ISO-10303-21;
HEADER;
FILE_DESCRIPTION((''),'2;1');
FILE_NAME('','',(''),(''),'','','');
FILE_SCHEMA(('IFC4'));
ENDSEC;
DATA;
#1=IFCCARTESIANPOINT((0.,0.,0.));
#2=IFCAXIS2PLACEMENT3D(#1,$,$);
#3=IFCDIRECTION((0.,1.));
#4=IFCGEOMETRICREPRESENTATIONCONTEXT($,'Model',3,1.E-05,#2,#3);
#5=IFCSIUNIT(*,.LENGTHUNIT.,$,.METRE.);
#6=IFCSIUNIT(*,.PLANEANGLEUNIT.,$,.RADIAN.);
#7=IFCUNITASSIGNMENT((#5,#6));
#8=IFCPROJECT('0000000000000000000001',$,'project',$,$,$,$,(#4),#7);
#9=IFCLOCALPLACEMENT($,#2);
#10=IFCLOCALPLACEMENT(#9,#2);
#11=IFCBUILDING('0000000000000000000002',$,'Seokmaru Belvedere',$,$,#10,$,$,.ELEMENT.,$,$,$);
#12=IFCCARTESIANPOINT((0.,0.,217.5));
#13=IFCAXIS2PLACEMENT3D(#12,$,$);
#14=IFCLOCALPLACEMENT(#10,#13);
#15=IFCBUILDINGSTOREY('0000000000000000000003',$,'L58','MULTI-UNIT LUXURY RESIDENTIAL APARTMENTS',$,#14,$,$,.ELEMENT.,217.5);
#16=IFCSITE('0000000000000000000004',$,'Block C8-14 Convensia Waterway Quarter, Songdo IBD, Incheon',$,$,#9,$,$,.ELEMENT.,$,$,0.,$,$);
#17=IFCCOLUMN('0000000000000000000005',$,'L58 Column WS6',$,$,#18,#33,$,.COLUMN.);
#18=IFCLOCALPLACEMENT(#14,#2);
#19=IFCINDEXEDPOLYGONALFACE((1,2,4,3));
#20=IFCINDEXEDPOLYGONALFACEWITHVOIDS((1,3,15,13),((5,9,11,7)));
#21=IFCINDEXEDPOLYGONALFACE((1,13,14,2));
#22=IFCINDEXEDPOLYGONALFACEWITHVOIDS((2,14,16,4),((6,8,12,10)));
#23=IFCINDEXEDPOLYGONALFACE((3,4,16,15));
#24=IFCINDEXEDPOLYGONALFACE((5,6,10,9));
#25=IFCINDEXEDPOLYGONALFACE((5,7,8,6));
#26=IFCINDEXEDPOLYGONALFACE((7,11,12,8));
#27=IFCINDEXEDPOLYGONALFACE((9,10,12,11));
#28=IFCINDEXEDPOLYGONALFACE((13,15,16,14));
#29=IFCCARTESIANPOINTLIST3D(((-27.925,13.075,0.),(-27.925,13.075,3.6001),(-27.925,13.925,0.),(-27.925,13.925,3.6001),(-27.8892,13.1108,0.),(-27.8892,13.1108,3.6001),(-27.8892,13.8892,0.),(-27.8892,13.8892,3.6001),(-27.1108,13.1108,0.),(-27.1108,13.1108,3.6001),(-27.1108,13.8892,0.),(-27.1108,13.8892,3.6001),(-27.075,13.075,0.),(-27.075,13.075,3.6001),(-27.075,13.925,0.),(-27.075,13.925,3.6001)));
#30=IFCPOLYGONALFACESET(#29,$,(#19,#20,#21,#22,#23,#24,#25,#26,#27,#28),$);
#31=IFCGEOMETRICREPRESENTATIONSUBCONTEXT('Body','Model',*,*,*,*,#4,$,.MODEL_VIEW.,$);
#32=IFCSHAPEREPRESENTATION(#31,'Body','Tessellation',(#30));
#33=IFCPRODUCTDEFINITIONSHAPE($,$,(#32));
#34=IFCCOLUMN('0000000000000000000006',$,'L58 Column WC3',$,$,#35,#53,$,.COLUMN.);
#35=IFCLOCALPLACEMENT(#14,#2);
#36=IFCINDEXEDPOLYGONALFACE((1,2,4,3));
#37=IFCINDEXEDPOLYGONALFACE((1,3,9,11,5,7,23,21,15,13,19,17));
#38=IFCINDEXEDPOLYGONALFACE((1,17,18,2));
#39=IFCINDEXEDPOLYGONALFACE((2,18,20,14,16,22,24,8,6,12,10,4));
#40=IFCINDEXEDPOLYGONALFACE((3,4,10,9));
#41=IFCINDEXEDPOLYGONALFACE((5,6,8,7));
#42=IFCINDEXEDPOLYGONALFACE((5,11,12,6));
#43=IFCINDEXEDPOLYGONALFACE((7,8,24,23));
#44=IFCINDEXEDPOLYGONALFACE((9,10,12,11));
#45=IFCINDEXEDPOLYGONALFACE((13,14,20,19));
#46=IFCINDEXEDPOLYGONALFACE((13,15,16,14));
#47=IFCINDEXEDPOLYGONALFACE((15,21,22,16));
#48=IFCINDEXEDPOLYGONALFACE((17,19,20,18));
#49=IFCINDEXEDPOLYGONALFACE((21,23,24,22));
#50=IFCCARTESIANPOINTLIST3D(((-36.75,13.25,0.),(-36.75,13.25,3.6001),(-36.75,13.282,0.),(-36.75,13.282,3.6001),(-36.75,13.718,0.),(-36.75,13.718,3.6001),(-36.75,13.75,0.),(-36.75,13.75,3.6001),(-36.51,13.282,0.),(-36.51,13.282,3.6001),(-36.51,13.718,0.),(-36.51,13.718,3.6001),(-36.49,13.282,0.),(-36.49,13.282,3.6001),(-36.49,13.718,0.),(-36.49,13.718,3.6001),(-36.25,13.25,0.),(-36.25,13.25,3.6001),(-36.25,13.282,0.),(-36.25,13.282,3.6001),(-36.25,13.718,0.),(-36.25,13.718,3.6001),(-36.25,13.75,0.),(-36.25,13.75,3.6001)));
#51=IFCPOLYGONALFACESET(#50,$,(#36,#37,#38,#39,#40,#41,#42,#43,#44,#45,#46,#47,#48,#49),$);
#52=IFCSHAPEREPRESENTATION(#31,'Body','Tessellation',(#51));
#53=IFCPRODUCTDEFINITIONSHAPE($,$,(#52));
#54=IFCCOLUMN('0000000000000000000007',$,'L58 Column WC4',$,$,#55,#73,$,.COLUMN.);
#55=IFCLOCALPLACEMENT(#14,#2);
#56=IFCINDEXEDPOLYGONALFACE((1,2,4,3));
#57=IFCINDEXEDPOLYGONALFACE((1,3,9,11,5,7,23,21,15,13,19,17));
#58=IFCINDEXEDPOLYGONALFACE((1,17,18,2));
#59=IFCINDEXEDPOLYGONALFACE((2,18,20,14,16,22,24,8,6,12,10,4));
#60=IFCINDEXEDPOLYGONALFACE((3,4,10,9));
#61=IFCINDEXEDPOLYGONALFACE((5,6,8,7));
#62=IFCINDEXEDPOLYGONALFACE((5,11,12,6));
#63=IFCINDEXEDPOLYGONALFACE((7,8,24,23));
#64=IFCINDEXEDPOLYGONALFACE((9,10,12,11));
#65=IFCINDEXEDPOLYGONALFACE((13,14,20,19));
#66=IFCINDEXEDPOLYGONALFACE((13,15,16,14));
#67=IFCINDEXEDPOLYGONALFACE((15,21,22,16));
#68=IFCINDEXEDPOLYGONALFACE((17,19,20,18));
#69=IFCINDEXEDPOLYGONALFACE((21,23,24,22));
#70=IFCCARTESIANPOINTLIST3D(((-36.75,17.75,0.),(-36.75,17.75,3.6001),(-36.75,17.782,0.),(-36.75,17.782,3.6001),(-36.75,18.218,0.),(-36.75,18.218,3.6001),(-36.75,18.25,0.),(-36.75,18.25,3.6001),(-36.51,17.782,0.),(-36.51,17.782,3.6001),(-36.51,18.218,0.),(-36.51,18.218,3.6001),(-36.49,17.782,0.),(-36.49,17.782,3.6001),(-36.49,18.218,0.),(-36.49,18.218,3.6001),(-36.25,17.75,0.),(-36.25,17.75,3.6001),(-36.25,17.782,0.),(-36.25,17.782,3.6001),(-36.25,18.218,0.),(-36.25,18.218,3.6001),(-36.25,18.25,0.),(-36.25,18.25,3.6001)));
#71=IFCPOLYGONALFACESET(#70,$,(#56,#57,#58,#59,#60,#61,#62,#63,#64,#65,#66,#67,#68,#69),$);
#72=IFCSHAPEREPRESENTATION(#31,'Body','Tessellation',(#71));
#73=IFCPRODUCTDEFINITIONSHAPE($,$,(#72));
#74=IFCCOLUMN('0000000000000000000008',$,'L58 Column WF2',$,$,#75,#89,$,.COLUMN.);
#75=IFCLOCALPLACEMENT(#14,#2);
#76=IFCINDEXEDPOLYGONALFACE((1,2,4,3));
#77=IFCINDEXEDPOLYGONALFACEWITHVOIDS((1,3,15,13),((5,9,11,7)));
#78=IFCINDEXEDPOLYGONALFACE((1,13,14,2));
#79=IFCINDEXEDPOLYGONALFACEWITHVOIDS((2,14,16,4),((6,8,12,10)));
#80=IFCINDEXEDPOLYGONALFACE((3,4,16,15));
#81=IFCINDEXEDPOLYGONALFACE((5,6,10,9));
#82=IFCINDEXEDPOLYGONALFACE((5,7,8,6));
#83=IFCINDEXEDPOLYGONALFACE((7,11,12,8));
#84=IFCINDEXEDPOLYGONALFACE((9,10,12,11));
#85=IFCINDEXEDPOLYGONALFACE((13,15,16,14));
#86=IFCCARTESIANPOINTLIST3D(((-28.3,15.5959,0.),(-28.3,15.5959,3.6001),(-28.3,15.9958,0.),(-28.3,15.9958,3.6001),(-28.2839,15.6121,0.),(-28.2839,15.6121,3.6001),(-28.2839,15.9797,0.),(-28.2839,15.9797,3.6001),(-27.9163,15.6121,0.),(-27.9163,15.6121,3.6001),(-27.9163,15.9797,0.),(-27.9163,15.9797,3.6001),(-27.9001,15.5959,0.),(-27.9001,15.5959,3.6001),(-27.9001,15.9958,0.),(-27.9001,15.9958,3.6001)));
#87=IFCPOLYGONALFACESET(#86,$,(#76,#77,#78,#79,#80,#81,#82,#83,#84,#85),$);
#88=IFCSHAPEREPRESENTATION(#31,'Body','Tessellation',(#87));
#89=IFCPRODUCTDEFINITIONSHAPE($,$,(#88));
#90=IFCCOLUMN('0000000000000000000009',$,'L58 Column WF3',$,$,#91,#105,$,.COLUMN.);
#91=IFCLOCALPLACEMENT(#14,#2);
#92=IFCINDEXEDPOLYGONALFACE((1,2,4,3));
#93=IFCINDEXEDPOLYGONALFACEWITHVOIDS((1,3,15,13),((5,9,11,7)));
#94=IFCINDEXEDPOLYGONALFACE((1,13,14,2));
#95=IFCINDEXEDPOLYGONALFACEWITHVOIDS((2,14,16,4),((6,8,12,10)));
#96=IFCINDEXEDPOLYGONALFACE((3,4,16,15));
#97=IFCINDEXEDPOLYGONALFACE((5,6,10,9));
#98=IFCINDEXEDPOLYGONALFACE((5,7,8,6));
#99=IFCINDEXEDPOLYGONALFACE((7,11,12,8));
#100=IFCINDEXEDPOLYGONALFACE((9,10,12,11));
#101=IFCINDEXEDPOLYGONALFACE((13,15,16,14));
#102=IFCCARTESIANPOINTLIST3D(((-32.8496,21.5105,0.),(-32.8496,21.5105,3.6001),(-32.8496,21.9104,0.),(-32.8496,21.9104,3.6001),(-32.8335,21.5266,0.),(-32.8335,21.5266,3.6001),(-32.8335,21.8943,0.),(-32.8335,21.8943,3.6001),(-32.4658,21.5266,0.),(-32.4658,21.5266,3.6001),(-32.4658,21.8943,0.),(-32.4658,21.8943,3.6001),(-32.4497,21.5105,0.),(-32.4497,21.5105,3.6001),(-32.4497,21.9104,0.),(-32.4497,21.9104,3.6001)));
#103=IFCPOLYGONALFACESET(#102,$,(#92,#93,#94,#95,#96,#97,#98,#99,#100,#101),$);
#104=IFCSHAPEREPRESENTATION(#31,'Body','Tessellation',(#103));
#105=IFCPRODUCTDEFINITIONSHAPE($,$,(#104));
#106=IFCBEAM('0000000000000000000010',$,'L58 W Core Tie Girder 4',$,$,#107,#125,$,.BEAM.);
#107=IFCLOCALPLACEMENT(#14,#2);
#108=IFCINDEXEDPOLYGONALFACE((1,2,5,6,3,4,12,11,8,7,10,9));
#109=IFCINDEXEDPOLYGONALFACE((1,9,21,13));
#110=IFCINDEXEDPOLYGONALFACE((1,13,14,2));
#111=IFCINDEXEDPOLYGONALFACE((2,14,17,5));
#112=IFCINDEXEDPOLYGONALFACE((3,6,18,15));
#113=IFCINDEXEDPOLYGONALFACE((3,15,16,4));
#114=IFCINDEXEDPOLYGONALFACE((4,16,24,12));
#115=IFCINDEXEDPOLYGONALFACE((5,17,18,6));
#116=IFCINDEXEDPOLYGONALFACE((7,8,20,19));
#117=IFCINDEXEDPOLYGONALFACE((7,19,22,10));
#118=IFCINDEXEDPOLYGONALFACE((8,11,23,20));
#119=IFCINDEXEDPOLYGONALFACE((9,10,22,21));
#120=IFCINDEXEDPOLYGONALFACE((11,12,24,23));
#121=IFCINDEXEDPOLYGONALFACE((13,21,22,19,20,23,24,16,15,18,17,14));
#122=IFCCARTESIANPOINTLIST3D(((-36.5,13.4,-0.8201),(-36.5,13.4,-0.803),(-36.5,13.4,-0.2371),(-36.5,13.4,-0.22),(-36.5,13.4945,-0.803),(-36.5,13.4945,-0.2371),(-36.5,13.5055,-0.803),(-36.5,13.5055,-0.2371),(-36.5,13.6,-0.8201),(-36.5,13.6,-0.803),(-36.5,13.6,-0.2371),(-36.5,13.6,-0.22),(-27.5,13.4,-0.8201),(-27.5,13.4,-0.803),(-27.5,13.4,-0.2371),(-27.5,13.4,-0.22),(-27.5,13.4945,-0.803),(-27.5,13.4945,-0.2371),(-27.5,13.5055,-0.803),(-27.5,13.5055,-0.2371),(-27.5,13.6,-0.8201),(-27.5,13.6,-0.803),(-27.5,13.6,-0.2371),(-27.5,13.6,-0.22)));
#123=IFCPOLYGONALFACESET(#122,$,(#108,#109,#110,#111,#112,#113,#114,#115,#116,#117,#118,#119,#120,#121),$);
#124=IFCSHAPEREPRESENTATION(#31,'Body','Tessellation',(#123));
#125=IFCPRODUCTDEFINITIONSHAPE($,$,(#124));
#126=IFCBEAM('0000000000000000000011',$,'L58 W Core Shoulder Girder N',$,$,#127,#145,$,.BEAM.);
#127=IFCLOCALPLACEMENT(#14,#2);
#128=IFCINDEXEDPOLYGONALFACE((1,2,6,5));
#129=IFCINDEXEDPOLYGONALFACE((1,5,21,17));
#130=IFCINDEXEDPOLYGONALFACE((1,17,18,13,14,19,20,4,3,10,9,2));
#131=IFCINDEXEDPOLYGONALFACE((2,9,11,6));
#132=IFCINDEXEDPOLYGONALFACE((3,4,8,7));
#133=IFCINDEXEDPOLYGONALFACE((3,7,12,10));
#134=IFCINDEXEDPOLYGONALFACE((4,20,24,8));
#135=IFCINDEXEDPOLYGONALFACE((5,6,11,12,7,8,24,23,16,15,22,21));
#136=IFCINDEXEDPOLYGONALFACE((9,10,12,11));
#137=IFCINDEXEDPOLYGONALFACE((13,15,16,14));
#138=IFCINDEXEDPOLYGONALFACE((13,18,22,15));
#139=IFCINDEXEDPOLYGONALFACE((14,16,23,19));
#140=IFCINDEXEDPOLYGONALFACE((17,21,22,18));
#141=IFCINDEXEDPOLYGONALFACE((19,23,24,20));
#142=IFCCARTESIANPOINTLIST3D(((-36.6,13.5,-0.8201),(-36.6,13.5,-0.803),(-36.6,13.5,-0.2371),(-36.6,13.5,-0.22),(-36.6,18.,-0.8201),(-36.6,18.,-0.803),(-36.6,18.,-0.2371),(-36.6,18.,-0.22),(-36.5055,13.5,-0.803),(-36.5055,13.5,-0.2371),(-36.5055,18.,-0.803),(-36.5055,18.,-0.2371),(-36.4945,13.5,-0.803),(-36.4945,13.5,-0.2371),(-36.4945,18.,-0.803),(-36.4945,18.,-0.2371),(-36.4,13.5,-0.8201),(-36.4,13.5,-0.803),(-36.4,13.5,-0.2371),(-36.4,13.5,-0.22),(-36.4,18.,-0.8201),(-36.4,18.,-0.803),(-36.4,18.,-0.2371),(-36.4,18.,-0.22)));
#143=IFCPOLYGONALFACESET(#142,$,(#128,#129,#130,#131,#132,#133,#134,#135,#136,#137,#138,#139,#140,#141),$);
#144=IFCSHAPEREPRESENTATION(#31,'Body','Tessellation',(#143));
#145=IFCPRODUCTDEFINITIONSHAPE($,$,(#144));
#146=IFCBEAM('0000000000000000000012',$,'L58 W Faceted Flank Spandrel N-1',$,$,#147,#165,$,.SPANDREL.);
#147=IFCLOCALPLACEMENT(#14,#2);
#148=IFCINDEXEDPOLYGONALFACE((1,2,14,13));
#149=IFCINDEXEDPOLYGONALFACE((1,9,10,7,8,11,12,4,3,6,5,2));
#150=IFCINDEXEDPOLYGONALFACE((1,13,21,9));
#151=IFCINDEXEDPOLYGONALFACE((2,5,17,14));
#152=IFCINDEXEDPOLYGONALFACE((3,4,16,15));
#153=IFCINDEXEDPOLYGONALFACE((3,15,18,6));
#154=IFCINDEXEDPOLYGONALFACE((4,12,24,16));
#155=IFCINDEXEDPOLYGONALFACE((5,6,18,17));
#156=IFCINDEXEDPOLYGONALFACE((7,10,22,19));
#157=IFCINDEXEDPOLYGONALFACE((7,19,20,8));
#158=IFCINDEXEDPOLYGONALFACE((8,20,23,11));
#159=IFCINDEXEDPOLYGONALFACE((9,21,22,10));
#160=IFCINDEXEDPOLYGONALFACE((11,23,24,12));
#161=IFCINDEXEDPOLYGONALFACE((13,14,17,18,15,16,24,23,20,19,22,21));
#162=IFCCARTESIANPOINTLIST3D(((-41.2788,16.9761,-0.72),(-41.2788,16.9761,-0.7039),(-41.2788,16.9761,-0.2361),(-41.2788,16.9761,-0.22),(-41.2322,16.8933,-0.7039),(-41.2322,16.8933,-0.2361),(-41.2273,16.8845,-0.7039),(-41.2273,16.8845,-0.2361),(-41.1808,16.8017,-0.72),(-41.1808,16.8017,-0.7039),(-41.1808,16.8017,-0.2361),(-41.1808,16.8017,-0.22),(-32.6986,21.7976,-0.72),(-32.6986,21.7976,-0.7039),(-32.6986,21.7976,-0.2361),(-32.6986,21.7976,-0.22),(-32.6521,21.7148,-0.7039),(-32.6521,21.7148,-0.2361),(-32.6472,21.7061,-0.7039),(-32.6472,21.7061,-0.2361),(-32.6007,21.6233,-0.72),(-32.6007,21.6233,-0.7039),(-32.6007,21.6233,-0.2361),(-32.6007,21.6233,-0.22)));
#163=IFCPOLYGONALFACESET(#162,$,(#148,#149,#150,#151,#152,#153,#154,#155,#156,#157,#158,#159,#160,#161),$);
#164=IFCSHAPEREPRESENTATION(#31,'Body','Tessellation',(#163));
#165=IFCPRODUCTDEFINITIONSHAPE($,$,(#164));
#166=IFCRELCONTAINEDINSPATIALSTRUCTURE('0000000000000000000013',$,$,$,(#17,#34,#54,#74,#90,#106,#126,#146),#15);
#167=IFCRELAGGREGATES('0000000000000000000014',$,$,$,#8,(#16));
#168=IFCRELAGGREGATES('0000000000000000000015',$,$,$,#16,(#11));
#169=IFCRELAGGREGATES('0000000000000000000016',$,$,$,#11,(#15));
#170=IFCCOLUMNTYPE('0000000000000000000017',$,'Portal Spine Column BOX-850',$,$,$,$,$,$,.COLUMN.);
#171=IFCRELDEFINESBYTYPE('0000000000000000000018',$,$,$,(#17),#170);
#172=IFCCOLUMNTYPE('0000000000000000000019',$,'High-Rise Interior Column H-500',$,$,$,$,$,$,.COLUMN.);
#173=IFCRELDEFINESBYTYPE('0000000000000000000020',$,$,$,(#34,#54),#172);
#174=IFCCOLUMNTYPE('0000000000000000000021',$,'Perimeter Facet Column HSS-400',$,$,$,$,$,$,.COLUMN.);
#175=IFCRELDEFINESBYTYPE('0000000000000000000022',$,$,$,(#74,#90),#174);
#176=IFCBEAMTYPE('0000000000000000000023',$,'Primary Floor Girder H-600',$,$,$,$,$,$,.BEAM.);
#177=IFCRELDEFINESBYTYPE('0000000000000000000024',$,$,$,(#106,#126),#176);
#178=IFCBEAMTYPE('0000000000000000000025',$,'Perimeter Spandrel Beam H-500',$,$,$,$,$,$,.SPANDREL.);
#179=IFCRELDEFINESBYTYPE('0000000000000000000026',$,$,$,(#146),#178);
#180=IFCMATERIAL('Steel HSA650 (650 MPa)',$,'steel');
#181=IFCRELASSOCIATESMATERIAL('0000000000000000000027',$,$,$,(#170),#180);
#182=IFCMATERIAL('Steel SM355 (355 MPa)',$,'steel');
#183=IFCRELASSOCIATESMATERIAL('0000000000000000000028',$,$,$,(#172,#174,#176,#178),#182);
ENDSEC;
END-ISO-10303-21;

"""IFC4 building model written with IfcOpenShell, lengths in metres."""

from ifc_helpers import new_model, si_unit, direction, frame, origin, origin_2d, place, context, subcontext, project, spatial, hollow_rectangle, i_section, extrude, source, transform, mapped, material, material_profile, profile_set, type_object, type_shapes, element, save


model = new_model("IFC4")

# Units and contexts
model_context = context("Model", 3, precision=1e-05, world=origin(), true_north=direction((0.0, 1.0)))
body_context = subcontext(model_context, "Body", "Model", "MODEL_VIEW")
ifc_project = project(units=[si_unit("LENGTHUNIT", "METRE"), si_unit("PLANEANGLEUNIT", "RADIAN")], contexts=[model_context])

# Site, building, storey
site_placement = place(None, origin())
site = spatial("IfcSite", under=ifc_project, at=site_placement, Name="Block C8-14 Convensia Waterway Quarter, Songdo IBD, Incheon", CompositionType="ELEMENT", RefElevation=0.0)
building_placement = place(site_placement, origin())
building = spatial("IfcBuilding", under=site, at=building_placement, Name="Seokmaru Belvedere", CompositionType="ELEMENT")
storey_placement = place(building_placement, frame((0.0, 0.0, 217.5)))
storey = spatial("IfcBuildingStorey", under=building, at=storey_placement, Name="L58", Description="MULTI-UNIT LUXURY RESIDENTIAL APARTMENTS", CompositionType="ELEMENT", Elevation=217.5)

# Columns
ifc_material_1 = material(Name="Steel HSA650 (650 MPa)", Category="steel")
ifc_material_profile_1 = material_profile(ifc_material_1, hollow_rectangle(XDim=0.8501, YDim=0.8501, WallThickness=0.0359, at=origin_2d()), Name="BOX-850x850x36")
ifc_profile_set_1 = profile_set([ifc_material_profile_1], Name="Steel HSA650 (650 MPa)")
column_type_1 = type_object("IfcColumnType", Name="Portal Spine Column BOX-850", PredefinedType="COLUMN", material=ifc_profile_set_1)
shared_shape_1 = source(origin(), body_context, "Body", "SweptSolid", [
    extrude(hollow_rectangle(XDim=0.8501, YDim=0.8501, WallThickness=0.0359, at=origin_2d()), origin(), (0.0, 0.0, 1.0), 3.6001),
])
type_shapes(column_type_1, [shared_shape_1])
column_placement = place(storey_placement, frame((-27.5, 13.5, 0.0), z_axis=(0.0, 0.0, 1.0), x_axis=(1.0, 0.0, 0.0)))
element("IfcColumn", 1, at=column_placement, inside=storey, type_object=column_type_1, Name="L58 Column WS6", PredefinedType="COLUMN", context=body_context, shape_type="MappedRepresentation", body=[
    mapped(shared_shape_1, transform((0.0, 0.0, 0.0), scale=1.0)),
])
ifc_material_2 = material(Name="Steel SM355 (355 MPa)", Category="steel")
ifc_material_profile_2 = material_profile(ifc_material_2, i_section(OverallWidth=0.5, OverallDepth=0.5, WebThickness=0.02, FlangeThickness=0.032, at=origin_2d()), Name="H-500x500x20x32")
ifc_profile_set_2 = profile_set([ifc_material_profile_2], Name="Steel SM355 (355 MPa)")
column_type_2 = type_object("IfcColumnType", Name="High-Rise Interior Column H-500", PredefinedType="COLUMN", material=ifc_profile_set_2)
shared_shape_2 = source(origin(), body_context, "Body", "SweptSolid", [
    extrude(i_section(OverallWidth=0.5, OverallDepth=0.5, WebThickness=0.02, FlangeThickness=0.032, at=origin_2d()), origin(), (0.0, 0.0, 1.0), 3.6001),
])
type_shapes(column_type_2, [shared_shape_2])
for number, where, z_axis, x_axis, name in (
    (2, (-36.5, 13.5, 0.0), (0.0, 0.0, 1.0), (1.0, 0.0, 0.0), "L58 Column WC3"),
    (3, (-36.5, 18.0, 0.0), (0.0, 0.0, 1.0), (1.0, 0.0, 0.0), "L58 Column WC4"),
):
    element("IfcColumn", number, at=place(storey_placement, frame(where, z_axis=z_axis, x_axis=x_axis)), inside=storey, type_object=column_type_2, Name=name, PredefinedType="COLUMN", context=body_context, shape_type="MappedRepresentation", body=[
        mapped(shared_shape_2, transform((0.0, 0.0, 0.0), scale=1.0)),
    ])
ifc_material_profile_3 = material_profile(ifc_material_2, hollow_rectangle(XDim=0.3999, YDim=0.3999, WallThickness=0.0161, at=origin_2d()), Name="HSS-400x400x16")
ifc_profile_set_3 = profile_set([ifc_material_profile_3], Name="Steel SM355 (355 MPa)")
column_type_3 = type_object("IfcColumnType", Name="Perimeter Facet Column HSS-400", PredefinedType="COLUMN", material=ifc_profile_set_3)
shared_shape_3 = source(origin(), body_context, "Body", "SweptSolid", [
    extrude(hollow_rectangle(XDim=0.3999, YDim=0.3999, WallThickness=0.0161, at=origin_2d()), origin(), (0.0, 0.0, 1.0), 3.6001),
])
type_shapes(column_type_3, [shared_shape_3])
for number, where, z_axis, x_axis, name in (
    (4, (-28.1001, 15.7959, 0.0), (0.0, 0.0, 1.0), (1.0, 0.0, 0.0), "L58 Column WF2"),
    (5, (-32.6497, 21.7104, 0.0), (0.0, 0.0, 1.0), (1.0, 0.0, 0.0), "L58 Column WF3"),
):
    element("IfcColumn", number, at=place(storey_placement, frame(where, z_axis=z_axis, x_axis=x_axis)), inside=storey, type_object=column_type_3, Name=name, PredefinedType="COLUMN", context=body_context, shape_type="MappedRepresentation", body=[
        mapped(shared_shape_3, transform((0.0, 0.0, 0.0), scale=1.0)),
    ])

# Beams
ifc_material_profile_4 = material_profile(ifc_material_2, i_section(OverallWidth=0.2, OverallDepth=0.6001, WebThickness=0.011, FlangeThickness=0.0171, at=origin_2d()), Name="H-600x200x11x17")
ifc_profile_set_4 = profile_set([ifc_material_profile_4], Name="Steel SM355 (355 MPa)")
beam_type_1 = type_object("IfcBeamType", Name="Primary Floor Girder H-600", PredefinedType="BEAM", material=ifc_profile_set_4)
shared_shape_4 = source(origin(), body_context, "Body", "SweptSolid", [
    extrude(i_section(OverallWidth=0.2, OverallDepth=0.6001, WebThickness=0.011, FlangeThickness=0.0171, at=origin_2d()), origin(), (0.0, 0.0, 1.0), 9.0),
])
beam_1_placement = place(storey_placement, frame((-36.5, 13.5, -0.52), z_axis=(1.0, 0.0, 0.0), x_axis=(0.0, 1.0, 0.0)))
element("IfcBeam", 6, at=beam_1_placement, inside=storey, type_object=beam_type_1, Name="L58 W Core Tie Girder 4", PredefinedType="BEAM", context=body_context, shape_type="MappedRepresentation", body=[
    mapped(shared_shape_4, transform((0.0, 0.0, 0.0), scale=1.0)),
])
shared_shape_5 = source(origin(), body_context, "Body", "SweptSolid", [
    extrude(i_section(OverallWidth=0.2, OverallDepth=0.6001, WebThickness=0.011, FlangeThickness=0.0171, at=origin_2d()), origin(), (0.0, 0.0, 1.0), 4.5),
])
type_shapes(beam_type_1, [shared_shape_4, shared_shape_5])
beam_2_placement = place(storey_placement, frame((-36.5, 13.5, -0.52), z_axis=(0.0, 1.0, 0.0), x_axis=(-1.0, 0.0, 0.0)))
element("IfcBeam", 7, at=beam_2_placement, inside=storey, type_object=beam_type_1, Name="L58 W Core Shoulder Girder N", PredefinedType="BEAM", context=body_context, shape_type="MappedRepresentation", body=[
    mapped(shared_shape_5, transform((0.0, 0.0, 0.0), scale=1.0)),
])
ifc_material_profile_5 = material_profile(ifc_material_2, i_section(OverallWidth=0.2, OverallDepth=0.5, WebThickness=0.01, FlangeThickness=0.0161, at=origin_2d()), Name="H-500x200x10x16")
ifc_profile_set_5 = profile_set([ifc_material_profile_5], Name="Steel SM355 (355 MPa)")
beam_type_2 = type_object("IfcBeamType", Name="Perimeter Spandrel Beam H-500", PredefinedType="SPANDREL", material=ifc_profile_set_5)
shared_shape_6 = source(origin(), body_context, "Body", "SweptSolid", [
    extrude(i_section(OverallWidth=0.2, OverallDepth=0.5, WebThickness=0.01, FlangeThickness=0.0161, at=origin_2d()), origin(), (0.0, 0.0, 1.0), 9.842),
])
beam_3_placement = place(storey_placement, frame((-32.6497, 21.7104, -0.47), z_axis=(-0.871782, -0.489894, 0.0), x_axis=(0.489894, -0.871782, 0.0)))
element("IfcBeam", 8, at=beam_3_placement, inside=storey, type_object=beam_type_2, Name="L58 W Faceted Flank Spandrel N-1", PredefinedType="SPANDREL", context=body_context, shape_type="MappedRepresentation", body=[
    mapped(shared_shape_6, transform((0.0, 0.0, 0.0), scale=1.0)),
])

save(model, "model.ifc")
